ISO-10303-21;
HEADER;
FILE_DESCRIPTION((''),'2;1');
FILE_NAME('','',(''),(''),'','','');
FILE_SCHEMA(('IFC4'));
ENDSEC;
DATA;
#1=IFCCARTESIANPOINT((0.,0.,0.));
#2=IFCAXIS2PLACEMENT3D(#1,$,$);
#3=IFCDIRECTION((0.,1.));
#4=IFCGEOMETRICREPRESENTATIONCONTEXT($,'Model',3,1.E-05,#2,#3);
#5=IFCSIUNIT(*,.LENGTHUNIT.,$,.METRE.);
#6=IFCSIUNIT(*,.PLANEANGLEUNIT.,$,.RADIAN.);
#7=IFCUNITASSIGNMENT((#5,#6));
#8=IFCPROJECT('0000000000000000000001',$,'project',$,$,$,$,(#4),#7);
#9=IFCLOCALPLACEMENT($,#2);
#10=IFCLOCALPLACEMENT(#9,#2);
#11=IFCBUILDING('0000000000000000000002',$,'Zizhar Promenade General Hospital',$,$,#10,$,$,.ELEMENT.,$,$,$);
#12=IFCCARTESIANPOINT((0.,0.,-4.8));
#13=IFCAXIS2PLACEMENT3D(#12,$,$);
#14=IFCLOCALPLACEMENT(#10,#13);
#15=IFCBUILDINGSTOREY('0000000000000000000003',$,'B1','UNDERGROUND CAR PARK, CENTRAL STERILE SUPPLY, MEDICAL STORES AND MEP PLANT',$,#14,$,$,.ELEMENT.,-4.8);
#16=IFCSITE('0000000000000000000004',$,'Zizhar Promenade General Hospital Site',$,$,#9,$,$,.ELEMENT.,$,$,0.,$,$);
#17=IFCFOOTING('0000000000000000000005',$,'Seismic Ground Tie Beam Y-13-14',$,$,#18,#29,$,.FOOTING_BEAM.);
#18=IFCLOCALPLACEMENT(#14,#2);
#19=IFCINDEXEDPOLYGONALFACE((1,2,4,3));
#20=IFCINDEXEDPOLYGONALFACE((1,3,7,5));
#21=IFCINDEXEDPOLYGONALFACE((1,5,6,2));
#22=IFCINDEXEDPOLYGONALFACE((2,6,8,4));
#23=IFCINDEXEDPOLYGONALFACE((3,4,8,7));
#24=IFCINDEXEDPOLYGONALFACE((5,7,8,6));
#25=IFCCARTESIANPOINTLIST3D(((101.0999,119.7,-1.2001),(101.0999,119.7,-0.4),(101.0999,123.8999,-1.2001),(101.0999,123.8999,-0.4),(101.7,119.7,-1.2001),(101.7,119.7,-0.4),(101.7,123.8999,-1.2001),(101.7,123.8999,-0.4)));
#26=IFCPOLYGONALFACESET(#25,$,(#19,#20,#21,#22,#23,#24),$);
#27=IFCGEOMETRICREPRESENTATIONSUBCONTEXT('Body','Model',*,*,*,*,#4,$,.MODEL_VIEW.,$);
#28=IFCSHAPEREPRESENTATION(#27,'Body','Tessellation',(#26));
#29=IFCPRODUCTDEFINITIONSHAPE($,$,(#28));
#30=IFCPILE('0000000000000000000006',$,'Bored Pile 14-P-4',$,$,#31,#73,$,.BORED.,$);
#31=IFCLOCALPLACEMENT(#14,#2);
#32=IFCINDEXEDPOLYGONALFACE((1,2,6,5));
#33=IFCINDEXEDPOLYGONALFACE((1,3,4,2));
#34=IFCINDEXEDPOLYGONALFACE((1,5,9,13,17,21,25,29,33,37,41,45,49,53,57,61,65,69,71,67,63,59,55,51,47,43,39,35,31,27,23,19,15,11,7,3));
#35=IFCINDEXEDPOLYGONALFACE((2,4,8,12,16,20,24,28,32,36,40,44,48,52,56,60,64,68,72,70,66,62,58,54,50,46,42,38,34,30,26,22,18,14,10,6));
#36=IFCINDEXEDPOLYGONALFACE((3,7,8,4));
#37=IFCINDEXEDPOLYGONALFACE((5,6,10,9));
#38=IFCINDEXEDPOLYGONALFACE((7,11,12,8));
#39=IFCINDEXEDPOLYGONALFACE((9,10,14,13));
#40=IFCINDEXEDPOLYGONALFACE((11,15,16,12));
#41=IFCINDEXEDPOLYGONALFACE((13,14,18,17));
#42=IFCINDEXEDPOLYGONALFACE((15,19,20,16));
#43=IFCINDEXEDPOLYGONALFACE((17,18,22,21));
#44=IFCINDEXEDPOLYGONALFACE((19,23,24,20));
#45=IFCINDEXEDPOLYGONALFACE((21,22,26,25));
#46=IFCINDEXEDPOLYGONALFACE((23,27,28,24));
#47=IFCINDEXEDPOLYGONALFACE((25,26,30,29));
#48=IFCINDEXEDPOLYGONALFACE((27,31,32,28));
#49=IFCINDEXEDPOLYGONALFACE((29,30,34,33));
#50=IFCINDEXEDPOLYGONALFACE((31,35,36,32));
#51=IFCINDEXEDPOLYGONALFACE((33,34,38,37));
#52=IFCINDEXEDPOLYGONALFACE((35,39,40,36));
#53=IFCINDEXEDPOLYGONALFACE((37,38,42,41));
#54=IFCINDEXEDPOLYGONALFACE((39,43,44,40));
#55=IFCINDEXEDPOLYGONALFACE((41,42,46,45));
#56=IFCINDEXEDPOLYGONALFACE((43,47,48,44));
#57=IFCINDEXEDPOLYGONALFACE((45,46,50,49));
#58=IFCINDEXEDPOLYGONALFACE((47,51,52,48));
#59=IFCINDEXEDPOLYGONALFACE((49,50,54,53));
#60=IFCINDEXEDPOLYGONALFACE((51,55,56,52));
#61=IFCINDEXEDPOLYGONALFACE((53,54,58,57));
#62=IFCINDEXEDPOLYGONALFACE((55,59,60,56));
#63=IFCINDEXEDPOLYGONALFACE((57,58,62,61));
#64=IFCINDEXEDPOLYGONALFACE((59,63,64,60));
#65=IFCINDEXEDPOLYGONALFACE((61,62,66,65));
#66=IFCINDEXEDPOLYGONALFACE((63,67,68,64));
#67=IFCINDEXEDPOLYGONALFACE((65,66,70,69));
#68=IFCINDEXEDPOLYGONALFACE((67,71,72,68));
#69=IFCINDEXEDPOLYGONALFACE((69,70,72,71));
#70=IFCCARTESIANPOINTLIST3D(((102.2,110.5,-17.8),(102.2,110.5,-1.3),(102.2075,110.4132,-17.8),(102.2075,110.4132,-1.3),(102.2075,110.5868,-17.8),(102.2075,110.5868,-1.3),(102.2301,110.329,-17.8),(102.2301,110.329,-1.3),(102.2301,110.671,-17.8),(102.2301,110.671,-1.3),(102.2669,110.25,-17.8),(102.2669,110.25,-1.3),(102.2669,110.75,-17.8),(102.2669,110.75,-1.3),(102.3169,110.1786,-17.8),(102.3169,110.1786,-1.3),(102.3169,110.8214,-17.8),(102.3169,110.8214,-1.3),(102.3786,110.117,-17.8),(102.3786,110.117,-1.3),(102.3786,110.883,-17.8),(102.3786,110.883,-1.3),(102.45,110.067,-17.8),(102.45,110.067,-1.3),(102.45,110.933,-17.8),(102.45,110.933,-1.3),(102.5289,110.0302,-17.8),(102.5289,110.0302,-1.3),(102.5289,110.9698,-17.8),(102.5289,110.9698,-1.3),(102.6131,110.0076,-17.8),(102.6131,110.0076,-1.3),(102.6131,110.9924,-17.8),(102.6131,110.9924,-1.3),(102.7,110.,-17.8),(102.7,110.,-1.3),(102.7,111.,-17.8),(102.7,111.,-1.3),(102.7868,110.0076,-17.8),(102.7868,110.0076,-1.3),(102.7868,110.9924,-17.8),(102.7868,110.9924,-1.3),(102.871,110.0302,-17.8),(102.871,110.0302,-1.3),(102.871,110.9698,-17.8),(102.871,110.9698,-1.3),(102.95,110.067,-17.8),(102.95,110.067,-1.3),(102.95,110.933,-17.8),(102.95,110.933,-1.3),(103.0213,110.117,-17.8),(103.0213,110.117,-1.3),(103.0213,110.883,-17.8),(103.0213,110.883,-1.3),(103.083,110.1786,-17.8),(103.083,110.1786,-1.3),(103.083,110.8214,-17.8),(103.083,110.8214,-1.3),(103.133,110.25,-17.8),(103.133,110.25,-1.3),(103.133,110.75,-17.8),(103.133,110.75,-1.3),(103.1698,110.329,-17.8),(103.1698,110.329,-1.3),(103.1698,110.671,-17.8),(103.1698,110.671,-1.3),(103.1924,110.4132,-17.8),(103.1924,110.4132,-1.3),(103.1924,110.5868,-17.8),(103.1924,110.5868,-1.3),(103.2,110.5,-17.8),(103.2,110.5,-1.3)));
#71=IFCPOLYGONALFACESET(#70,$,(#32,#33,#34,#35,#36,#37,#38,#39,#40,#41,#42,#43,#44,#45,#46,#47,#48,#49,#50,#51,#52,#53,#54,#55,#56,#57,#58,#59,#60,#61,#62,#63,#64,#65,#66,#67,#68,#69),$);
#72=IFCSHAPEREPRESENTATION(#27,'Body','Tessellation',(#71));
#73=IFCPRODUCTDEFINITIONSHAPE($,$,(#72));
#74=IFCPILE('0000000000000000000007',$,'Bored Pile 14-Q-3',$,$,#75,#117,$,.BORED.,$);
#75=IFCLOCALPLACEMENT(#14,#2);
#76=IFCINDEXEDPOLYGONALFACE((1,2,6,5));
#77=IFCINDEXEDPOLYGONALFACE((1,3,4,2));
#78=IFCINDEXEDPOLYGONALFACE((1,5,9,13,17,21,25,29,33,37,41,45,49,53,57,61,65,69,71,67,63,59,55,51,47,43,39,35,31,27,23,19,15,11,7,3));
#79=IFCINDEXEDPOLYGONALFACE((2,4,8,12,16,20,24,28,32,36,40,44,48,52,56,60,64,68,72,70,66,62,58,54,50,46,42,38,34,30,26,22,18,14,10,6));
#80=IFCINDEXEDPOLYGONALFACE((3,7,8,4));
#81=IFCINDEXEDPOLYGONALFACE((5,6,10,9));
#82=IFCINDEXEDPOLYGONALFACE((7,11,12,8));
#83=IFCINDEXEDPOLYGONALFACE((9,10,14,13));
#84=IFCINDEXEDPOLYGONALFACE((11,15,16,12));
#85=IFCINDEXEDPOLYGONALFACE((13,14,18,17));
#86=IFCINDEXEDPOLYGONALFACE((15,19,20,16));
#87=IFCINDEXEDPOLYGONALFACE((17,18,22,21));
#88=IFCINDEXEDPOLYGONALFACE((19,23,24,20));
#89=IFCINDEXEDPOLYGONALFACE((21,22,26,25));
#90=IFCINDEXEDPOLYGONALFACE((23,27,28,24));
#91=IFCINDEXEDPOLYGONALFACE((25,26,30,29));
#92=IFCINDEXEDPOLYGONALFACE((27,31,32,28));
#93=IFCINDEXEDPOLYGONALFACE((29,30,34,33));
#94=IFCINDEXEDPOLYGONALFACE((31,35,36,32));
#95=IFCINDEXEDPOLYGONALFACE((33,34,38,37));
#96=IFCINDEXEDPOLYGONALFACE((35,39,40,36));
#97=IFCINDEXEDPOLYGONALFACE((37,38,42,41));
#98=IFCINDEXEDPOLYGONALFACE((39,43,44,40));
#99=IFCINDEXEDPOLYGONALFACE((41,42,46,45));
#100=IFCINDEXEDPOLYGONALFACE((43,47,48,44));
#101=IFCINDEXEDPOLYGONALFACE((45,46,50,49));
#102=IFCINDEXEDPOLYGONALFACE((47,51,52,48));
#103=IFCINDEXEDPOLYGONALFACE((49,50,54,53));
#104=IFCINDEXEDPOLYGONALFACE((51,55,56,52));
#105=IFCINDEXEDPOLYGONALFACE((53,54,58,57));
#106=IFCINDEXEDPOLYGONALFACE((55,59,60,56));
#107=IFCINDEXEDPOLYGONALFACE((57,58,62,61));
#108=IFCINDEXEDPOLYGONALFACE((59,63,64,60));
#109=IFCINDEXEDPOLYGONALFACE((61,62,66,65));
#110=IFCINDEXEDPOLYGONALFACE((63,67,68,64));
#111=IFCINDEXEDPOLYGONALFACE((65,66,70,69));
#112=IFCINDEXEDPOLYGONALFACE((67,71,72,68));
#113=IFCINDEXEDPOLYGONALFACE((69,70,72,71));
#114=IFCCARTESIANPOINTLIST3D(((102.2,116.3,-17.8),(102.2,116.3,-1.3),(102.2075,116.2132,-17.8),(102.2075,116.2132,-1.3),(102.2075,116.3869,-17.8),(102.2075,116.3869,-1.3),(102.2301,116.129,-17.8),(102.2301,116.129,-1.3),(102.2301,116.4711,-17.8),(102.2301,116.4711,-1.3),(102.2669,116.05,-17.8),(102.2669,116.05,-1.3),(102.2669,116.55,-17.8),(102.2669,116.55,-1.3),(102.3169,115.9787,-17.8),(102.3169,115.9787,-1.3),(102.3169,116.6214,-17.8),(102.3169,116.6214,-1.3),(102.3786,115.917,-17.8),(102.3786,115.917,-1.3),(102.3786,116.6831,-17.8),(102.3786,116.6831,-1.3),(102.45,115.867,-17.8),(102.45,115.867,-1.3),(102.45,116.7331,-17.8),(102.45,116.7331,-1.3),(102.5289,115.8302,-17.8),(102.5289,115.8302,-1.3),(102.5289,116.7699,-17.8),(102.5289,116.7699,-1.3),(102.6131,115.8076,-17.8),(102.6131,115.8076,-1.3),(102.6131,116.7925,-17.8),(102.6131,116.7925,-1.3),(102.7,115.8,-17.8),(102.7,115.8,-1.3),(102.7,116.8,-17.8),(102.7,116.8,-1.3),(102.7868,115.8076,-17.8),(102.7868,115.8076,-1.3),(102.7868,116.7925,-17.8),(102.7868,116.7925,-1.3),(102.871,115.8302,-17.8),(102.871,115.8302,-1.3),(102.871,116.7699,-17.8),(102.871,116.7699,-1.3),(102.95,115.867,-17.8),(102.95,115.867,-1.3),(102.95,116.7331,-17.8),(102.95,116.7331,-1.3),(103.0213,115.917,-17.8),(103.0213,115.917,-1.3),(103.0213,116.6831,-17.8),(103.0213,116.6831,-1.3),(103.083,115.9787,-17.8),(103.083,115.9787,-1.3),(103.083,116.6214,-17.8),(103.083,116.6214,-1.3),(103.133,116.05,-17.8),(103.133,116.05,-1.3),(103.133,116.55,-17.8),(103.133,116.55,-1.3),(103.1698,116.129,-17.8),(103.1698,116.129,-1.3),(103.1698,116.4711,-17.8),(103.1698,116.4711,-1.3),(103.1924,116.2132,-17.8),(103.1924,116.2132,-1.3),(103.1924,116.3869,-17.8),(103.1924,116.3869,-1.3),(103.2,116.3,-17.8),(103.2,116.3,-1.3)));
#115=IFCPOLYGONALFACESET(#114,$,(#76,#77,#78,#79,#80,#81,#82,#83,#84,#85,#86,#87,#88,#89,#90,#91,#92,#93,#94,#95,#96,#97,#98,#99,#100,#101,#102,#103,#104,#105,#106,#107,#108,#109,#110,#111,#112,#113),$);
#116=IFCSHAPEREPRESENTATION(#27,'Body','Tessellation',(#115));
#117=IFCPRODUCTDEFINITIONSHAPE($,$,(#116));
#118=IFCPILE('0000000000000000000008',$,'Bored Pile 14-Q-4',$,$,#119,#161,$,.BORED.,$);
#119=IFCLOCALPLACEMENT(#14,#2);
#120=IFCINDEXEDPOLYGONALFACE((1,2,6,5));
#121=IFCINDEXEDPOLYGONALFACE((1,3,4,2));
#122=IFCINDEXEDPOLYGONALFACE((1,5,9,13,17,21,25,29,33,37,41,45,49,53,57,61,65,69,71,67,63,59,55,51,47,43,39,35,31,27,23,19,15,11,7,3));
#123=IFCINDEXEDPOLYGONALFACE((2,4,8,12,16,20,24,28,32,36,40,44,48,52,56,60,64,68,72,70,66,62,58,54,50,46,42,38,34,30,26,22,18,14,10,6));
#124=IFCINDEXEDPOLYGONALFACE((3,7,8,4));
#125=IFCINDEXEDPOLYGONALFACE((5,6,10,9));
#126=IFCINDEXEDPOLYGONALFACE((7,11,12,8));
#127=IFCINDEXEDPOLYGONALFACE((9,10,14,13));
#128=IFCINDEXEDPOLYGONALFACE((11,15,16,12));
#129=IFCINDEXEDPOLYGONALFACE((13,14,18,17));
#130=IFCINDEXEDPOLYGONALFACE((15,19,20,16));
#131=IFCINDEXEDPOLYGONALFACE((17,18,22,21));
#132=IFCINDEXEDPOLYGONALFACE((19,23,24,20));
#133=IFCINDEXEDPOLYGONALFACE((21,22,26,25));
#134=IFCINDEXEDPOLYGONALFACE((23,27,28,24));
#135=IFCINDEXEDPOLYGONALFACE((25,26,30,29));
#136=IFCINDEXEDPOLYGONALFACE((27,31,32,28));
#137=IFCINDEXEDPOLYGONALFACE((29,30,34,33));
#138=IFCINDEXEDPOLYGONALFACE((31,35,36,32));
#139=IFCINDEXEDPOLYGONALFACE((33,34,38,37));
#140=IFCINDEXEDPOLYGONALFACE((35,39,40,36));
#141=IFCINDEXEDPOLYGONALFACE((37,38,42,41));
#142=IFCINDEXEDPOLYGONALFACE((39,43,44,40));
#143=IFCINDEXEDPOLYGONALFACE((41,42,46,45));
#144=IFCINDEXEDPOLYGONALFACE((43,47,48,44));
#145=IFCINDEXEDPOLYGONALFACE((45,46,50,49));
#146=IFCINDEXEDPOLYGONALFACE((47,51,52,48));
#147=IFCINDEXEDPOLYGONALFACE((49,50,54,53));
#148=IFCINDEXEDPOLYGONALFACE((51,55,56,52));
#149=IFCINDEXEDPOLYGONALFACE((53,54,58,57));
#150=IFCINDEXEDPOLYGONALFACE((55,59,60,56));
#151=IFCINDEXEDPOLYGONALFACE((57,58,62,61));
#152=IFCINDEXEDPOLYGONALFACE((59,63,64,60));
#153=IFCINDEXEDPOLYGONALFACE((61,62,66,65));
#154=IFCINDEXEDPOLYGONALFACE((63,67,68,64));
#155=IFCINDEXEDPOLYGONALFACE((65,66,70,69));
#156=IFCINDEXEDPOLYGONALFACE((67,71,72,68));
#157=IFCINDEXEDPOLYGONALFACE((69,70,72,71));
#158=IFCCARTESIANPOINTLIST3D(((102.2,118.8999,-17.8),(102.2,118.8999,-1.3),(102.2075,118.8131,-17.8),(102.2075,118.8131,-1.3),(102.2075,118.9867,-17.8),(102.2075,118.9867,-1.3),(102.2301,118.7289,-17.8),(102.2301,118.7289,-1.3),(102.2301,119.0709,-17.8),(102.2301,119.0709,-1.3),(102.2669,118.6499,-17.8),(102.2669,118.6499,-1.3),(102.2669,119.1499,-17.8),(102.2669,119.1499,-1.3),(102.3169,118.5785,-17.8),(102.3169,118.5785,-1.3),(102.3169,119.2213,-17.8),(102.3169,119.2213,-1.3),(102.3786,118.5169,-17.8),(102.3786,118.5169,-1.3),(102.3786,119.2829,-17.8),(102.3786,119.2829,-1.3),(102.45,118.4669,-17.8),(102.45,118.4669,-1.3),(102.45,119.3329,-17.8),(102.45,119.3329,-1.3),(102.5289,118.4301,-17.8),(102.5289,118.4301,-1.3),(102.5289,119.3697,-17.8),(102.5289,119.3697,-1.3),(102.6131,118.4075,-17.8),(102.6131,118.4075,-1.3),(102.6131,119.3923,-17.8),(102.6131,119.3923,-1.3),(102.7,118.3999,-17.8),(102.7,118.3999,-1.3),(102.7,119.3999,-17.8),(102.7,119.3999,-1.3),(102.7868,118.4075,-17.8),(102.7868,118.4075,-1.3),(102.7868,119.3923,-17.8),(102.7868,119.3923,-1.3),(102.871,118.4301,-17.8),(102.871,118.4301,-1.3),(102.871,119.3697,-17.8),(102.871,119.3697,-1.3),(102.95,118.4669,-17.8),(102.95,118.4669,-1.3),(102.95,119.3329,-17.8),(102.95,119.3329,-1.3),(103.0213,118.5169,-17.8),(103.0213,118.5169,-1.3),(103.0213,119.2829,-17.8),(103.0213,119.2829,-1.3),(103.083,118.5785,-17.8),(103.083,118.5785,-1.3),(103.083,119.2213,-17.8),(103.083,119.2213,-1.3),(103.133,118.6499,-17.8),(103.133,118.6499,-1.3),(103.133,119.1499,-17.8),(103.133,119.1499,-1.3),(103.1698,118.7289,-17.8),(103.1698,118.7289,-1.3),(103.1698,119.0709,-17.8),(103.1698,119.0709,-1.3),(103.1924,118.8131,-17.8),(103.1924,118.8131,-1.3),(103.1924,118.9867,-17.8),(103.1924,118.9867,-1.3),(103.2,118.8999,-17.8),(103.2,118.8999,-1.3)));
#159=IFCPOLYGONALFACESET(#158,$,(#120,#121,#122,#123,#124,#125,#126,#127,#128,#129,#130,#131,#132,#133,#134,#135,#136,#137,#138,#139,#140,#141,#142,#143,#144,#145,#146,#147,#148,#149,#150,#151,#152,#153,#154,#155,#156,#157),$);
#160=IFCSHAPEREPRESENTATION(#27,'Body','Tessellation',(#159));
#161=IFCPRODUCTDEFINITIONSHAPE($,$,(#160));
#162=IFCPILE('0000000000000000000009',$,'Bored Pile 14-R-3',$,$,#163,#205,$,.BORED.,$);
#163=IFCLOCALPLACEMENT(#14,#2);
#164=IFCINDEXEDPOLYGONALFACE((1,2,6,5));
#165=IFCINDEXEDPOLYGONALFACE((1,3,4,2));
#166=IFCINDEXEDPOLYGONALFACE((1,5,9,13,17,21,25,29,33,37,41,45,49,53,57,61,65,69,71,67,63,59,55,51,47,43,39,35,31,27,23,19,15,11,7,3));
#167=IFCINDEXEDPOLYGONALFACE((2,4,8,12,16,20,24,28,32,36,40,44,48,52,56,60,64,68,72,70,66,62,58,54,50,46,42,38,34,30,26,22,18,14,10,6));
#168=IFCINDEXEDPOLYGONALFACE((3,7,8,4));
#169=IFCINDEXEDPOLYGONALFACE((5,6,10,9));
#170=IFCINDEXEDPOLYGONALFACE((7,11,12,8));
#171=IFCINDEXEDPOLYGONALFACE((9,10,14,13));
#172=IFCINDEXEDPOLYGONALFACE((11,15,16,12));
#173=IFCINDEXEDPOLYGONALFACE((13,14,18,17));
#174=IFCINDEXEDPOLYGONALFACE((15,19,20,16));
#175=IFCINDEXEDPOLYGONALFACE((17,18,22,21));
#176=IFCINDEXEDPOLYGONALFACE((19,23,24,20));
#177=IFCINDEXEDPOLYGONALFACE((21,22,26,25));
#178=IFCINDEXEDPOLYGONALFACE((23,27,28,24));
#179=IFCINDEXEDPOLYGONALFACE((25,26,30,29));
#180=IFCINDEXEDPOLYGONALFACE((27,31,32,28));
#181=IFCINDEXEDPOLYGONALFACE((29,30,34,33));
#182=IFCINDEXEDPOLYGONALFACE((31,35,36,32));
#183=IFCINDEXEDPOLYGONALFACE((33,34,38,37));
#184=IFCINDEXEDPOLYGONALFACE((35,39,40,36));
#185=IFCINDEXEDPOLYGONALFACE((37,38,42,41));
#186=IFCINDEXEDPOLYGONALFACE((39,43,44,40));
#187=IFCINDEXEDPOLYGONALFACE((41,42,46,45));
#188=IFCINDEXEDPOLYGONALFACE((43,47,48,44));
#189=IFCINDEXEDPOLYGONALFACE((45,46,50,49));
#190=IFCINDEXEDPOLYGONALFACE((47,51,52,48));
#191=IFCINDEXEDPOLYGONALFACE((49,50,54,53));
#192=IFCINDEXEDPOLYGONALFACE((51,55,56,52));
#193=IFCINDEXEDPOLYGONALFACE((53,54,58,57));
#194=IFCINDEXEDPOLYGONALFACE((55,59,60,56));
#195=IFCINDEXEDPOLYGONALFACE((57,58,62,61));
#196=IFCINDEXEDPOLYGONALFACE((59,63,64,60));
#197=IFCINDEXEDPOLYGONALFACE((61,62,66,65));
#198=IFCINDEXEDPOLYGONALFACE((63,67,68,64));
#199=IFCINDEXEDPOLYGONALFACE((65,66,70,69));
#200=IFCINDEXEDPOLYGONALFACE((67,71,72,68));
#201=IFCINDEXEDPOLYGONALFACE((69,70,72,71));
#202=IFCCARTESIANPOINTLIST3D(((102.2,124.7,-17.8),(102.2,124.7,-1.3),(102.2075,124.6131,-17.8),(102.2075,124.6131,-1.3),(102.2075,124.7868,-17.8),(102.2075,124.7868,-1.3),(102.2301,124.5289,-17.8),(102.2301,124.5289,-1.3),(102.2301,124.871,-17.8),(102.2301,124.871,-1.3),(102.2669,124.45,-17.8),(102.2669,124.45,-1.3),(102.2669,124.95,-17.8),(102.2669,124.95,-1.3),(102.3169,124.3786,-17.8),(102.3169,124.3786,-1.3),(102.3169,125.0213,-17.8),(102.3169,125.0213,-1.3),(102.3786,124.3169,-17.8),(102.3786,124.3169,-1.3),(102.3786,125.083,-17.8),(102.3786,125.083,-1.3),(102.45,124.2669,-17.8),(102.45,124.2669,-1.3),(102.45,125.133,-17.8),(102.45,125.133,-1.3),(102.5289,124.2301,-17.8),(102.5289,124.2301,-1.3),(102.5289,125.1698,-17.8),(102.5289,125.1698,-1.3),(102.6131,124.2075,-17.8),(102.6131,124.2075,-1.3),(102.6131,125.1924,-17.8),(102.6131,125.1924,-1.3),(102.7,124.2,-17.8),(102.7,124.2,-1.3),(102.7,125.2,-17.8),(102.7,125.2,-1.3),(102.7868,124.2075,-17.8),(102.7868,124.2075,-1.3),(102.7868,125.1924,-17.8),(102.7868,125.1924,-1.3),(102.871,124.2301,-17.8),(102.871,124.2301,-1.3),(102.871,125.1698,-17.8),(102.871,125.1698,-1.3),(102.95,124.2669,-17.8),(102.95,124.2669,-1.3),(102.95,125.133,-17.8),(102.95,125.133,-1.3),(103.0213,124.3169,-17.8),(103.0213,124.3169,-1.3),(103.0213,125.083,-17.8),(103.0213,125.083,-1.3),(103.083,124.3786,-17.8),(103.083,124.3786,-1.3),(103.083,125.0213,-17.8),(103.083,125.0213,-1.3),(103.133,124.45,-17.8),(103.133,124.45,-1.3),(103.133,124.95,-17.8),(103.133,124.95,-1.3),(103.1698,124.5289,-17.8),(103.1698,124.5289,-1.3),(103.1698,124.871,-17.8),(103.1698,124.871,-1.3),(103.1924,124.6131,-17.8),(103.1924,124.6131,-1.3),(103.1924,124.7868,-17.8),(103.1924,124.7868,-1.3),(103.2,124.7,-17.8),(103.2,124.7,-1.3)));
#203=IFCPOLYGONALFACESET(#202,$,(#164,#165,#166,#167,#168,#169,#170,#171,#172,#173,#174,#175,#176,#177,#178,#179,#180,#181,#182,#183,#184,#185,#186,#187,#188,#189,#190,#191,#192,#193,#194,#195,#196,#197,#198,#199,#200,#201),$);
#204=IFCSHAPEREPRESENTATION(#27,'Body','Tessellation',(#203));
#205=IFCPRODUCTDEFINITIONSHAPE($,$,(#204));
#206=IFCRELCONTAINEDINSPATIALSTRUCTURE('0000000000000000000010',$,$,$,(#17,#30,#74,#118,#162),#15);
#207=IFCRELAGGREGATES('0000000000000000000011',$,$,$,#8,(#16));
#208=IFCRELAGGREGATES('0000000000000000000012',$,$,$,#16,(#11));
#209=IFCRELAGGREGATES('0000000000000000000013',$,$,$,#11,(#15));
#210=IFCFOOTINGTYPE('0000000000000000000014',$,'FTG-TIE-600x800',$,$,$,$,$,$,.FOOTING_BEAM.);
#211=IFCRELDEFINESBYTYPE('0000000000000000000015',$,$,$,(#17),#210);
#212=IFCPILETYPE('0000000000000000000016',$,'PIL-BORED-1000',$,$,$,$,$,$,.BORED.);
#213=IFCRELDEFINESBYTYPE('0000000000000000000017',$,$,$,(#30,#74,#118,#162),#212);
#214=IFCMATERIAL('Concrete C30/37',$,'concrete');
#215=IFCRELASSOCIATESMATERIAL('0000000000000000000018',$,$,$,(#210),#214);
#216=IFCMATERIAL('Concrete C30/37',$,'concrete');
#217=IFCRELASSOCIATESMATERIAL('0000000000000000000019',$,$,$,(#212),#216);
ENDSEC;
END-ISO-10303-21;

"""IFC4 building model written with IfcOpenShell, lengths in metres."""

from ifc_helpers import new_model, si_unit, direction, frame, origin, origin_2d, place, context, subcontext, project, spatial, rectangle, circle, extrude, material, material_profile, profile_set, type_object, element, save


model = new_model("IFC4")

# Units and contexts
model_context = context("Model", 3, precision=1e-05, world=origin(), true_north=direction((0.0, 1.0)))
body_context = subcontext(model_context, "Body", "Model", "MODEL_VIEW")
ifc_project = project(units=[si_unit("LENGTHUNIT", "METRE"), si_unit("PLANEANGLEUNIT", "RADIAN")], contexts=[model_context])

# Site, building, storey
site_placement = place(None, origin())
site = spatial("IfcSite", under=ifc_project, at=site_placement, Name="Zizhar Promenade General Hospital Site", CompositionType="ELEMENT", RefElevation=0.0)
building_placement = place(site_placement, origin())
building = spatial("IfcBuilding", under=site, at=building_placement, Name="Zizhar Promenade General Hospital", CompositionType="ELEMENT")
storey_placement = place(building_placement, frame((0.0, 0.0, -4.8)))
storey = spatial("IfcBuildingStorey", under=building, at=storey_placement, Name="B1", Description="UNDERGROUND CAR PARK, CENTRAL STERILE SUPPLY, MEDICAL STORES AND MEP PLANT", CompositionType="ELEMENT", Elevation=-4.8)

# Footing
ifc_material_1 = material(Name="Concrete C30/37", Category="concrete")
ifc_material_profile_1 = material_profile(ifc_material_1, rectangle(XDim=0.6001, YDim=0.8, at=origin_2d()))
ifc_profile_set_1 = profile_set([ifc_material_profile_1], Name="Concrete C30/37")
footing_type = type_object("IfcFootingType", Name="FTG-TIE-600x800", PredefinedType="FOOTING_BEAM", material=ifc_profile_set_1)
footing_placement = place(storey_placement, frame((101.3999, 119.7, -0.8), z_axis=(0.0, 1.0, 0.0), x_axis=(-1.0, 0.0, 0.0)))
element("IfcFooting", 1, at=footing_placement, inside=storey, type_object=footing_type, Name="Seismic Ground Tie Beam Y-13-14", PredefinedType="FOOTING_BEAM", context=body_context, shape_type="SweptSolid", body=[
    extrude(rectangle(XDim=0.6001, YDim=0.8, at=origin_2d()), origin(), (0.0, 0.0, 1.0), 4.2),
])

# Piles
ifc_material_2 = material(Name="Concrete C30/37", Category="concrete")
ifc_material_profile_2 = material_profile(ifc_material_2, circle(Radius=0.5, at=origin_2d()))
ifc_profile_set_2 = profile_set([ifc_material_profile_2], Name="Concrete C30/37")
pile_type_1 = type_object("IfcPileType", Name="PIL-BORED-1000", PredefinedType="BORED", material=ifc_profile_set_2)
for number, where, z_axis, x_axis, name in (
    (2, (102.7, 110.5, -1.3), (0.0, 0.0, -1.0), (1.0, 0.0, 0.0), "Bored Pile 14-P-4"),
    (3, (102.7, 116.3, -1.3), (0.0, 0.0, -1.0), (1.0, 0.0, 0.0), "Bored Pile 14-Q-3"),
    (4, (102.7, 118.8999, -1.3), (0.0, 0.0, -1.0), (1.0, 0.0, 0.0), "Bored Pile 14-Q-4"),
    (5, (102.7, 124.7, -1.3), (0.0, 0.0, -1.0), (1.0, 0.0, 0.0), "Bored Pile 14-R-3"),
):
    element("IfcPile", number, at=place(storey_placement, frame(where, z_axis=z_axis, x_axis=x_axis)), inside=storey, type_object=pile_type_1, Name=name, PredefinedType="BORED", context=body_context, shape_type="SweptSolid", body=[
        extrude(circle(Radius=0.5, at=origin_2d()), origin(), (0.0, 0.0, 1.0), 16.5),
    ])

save(model, "model.ifc")
